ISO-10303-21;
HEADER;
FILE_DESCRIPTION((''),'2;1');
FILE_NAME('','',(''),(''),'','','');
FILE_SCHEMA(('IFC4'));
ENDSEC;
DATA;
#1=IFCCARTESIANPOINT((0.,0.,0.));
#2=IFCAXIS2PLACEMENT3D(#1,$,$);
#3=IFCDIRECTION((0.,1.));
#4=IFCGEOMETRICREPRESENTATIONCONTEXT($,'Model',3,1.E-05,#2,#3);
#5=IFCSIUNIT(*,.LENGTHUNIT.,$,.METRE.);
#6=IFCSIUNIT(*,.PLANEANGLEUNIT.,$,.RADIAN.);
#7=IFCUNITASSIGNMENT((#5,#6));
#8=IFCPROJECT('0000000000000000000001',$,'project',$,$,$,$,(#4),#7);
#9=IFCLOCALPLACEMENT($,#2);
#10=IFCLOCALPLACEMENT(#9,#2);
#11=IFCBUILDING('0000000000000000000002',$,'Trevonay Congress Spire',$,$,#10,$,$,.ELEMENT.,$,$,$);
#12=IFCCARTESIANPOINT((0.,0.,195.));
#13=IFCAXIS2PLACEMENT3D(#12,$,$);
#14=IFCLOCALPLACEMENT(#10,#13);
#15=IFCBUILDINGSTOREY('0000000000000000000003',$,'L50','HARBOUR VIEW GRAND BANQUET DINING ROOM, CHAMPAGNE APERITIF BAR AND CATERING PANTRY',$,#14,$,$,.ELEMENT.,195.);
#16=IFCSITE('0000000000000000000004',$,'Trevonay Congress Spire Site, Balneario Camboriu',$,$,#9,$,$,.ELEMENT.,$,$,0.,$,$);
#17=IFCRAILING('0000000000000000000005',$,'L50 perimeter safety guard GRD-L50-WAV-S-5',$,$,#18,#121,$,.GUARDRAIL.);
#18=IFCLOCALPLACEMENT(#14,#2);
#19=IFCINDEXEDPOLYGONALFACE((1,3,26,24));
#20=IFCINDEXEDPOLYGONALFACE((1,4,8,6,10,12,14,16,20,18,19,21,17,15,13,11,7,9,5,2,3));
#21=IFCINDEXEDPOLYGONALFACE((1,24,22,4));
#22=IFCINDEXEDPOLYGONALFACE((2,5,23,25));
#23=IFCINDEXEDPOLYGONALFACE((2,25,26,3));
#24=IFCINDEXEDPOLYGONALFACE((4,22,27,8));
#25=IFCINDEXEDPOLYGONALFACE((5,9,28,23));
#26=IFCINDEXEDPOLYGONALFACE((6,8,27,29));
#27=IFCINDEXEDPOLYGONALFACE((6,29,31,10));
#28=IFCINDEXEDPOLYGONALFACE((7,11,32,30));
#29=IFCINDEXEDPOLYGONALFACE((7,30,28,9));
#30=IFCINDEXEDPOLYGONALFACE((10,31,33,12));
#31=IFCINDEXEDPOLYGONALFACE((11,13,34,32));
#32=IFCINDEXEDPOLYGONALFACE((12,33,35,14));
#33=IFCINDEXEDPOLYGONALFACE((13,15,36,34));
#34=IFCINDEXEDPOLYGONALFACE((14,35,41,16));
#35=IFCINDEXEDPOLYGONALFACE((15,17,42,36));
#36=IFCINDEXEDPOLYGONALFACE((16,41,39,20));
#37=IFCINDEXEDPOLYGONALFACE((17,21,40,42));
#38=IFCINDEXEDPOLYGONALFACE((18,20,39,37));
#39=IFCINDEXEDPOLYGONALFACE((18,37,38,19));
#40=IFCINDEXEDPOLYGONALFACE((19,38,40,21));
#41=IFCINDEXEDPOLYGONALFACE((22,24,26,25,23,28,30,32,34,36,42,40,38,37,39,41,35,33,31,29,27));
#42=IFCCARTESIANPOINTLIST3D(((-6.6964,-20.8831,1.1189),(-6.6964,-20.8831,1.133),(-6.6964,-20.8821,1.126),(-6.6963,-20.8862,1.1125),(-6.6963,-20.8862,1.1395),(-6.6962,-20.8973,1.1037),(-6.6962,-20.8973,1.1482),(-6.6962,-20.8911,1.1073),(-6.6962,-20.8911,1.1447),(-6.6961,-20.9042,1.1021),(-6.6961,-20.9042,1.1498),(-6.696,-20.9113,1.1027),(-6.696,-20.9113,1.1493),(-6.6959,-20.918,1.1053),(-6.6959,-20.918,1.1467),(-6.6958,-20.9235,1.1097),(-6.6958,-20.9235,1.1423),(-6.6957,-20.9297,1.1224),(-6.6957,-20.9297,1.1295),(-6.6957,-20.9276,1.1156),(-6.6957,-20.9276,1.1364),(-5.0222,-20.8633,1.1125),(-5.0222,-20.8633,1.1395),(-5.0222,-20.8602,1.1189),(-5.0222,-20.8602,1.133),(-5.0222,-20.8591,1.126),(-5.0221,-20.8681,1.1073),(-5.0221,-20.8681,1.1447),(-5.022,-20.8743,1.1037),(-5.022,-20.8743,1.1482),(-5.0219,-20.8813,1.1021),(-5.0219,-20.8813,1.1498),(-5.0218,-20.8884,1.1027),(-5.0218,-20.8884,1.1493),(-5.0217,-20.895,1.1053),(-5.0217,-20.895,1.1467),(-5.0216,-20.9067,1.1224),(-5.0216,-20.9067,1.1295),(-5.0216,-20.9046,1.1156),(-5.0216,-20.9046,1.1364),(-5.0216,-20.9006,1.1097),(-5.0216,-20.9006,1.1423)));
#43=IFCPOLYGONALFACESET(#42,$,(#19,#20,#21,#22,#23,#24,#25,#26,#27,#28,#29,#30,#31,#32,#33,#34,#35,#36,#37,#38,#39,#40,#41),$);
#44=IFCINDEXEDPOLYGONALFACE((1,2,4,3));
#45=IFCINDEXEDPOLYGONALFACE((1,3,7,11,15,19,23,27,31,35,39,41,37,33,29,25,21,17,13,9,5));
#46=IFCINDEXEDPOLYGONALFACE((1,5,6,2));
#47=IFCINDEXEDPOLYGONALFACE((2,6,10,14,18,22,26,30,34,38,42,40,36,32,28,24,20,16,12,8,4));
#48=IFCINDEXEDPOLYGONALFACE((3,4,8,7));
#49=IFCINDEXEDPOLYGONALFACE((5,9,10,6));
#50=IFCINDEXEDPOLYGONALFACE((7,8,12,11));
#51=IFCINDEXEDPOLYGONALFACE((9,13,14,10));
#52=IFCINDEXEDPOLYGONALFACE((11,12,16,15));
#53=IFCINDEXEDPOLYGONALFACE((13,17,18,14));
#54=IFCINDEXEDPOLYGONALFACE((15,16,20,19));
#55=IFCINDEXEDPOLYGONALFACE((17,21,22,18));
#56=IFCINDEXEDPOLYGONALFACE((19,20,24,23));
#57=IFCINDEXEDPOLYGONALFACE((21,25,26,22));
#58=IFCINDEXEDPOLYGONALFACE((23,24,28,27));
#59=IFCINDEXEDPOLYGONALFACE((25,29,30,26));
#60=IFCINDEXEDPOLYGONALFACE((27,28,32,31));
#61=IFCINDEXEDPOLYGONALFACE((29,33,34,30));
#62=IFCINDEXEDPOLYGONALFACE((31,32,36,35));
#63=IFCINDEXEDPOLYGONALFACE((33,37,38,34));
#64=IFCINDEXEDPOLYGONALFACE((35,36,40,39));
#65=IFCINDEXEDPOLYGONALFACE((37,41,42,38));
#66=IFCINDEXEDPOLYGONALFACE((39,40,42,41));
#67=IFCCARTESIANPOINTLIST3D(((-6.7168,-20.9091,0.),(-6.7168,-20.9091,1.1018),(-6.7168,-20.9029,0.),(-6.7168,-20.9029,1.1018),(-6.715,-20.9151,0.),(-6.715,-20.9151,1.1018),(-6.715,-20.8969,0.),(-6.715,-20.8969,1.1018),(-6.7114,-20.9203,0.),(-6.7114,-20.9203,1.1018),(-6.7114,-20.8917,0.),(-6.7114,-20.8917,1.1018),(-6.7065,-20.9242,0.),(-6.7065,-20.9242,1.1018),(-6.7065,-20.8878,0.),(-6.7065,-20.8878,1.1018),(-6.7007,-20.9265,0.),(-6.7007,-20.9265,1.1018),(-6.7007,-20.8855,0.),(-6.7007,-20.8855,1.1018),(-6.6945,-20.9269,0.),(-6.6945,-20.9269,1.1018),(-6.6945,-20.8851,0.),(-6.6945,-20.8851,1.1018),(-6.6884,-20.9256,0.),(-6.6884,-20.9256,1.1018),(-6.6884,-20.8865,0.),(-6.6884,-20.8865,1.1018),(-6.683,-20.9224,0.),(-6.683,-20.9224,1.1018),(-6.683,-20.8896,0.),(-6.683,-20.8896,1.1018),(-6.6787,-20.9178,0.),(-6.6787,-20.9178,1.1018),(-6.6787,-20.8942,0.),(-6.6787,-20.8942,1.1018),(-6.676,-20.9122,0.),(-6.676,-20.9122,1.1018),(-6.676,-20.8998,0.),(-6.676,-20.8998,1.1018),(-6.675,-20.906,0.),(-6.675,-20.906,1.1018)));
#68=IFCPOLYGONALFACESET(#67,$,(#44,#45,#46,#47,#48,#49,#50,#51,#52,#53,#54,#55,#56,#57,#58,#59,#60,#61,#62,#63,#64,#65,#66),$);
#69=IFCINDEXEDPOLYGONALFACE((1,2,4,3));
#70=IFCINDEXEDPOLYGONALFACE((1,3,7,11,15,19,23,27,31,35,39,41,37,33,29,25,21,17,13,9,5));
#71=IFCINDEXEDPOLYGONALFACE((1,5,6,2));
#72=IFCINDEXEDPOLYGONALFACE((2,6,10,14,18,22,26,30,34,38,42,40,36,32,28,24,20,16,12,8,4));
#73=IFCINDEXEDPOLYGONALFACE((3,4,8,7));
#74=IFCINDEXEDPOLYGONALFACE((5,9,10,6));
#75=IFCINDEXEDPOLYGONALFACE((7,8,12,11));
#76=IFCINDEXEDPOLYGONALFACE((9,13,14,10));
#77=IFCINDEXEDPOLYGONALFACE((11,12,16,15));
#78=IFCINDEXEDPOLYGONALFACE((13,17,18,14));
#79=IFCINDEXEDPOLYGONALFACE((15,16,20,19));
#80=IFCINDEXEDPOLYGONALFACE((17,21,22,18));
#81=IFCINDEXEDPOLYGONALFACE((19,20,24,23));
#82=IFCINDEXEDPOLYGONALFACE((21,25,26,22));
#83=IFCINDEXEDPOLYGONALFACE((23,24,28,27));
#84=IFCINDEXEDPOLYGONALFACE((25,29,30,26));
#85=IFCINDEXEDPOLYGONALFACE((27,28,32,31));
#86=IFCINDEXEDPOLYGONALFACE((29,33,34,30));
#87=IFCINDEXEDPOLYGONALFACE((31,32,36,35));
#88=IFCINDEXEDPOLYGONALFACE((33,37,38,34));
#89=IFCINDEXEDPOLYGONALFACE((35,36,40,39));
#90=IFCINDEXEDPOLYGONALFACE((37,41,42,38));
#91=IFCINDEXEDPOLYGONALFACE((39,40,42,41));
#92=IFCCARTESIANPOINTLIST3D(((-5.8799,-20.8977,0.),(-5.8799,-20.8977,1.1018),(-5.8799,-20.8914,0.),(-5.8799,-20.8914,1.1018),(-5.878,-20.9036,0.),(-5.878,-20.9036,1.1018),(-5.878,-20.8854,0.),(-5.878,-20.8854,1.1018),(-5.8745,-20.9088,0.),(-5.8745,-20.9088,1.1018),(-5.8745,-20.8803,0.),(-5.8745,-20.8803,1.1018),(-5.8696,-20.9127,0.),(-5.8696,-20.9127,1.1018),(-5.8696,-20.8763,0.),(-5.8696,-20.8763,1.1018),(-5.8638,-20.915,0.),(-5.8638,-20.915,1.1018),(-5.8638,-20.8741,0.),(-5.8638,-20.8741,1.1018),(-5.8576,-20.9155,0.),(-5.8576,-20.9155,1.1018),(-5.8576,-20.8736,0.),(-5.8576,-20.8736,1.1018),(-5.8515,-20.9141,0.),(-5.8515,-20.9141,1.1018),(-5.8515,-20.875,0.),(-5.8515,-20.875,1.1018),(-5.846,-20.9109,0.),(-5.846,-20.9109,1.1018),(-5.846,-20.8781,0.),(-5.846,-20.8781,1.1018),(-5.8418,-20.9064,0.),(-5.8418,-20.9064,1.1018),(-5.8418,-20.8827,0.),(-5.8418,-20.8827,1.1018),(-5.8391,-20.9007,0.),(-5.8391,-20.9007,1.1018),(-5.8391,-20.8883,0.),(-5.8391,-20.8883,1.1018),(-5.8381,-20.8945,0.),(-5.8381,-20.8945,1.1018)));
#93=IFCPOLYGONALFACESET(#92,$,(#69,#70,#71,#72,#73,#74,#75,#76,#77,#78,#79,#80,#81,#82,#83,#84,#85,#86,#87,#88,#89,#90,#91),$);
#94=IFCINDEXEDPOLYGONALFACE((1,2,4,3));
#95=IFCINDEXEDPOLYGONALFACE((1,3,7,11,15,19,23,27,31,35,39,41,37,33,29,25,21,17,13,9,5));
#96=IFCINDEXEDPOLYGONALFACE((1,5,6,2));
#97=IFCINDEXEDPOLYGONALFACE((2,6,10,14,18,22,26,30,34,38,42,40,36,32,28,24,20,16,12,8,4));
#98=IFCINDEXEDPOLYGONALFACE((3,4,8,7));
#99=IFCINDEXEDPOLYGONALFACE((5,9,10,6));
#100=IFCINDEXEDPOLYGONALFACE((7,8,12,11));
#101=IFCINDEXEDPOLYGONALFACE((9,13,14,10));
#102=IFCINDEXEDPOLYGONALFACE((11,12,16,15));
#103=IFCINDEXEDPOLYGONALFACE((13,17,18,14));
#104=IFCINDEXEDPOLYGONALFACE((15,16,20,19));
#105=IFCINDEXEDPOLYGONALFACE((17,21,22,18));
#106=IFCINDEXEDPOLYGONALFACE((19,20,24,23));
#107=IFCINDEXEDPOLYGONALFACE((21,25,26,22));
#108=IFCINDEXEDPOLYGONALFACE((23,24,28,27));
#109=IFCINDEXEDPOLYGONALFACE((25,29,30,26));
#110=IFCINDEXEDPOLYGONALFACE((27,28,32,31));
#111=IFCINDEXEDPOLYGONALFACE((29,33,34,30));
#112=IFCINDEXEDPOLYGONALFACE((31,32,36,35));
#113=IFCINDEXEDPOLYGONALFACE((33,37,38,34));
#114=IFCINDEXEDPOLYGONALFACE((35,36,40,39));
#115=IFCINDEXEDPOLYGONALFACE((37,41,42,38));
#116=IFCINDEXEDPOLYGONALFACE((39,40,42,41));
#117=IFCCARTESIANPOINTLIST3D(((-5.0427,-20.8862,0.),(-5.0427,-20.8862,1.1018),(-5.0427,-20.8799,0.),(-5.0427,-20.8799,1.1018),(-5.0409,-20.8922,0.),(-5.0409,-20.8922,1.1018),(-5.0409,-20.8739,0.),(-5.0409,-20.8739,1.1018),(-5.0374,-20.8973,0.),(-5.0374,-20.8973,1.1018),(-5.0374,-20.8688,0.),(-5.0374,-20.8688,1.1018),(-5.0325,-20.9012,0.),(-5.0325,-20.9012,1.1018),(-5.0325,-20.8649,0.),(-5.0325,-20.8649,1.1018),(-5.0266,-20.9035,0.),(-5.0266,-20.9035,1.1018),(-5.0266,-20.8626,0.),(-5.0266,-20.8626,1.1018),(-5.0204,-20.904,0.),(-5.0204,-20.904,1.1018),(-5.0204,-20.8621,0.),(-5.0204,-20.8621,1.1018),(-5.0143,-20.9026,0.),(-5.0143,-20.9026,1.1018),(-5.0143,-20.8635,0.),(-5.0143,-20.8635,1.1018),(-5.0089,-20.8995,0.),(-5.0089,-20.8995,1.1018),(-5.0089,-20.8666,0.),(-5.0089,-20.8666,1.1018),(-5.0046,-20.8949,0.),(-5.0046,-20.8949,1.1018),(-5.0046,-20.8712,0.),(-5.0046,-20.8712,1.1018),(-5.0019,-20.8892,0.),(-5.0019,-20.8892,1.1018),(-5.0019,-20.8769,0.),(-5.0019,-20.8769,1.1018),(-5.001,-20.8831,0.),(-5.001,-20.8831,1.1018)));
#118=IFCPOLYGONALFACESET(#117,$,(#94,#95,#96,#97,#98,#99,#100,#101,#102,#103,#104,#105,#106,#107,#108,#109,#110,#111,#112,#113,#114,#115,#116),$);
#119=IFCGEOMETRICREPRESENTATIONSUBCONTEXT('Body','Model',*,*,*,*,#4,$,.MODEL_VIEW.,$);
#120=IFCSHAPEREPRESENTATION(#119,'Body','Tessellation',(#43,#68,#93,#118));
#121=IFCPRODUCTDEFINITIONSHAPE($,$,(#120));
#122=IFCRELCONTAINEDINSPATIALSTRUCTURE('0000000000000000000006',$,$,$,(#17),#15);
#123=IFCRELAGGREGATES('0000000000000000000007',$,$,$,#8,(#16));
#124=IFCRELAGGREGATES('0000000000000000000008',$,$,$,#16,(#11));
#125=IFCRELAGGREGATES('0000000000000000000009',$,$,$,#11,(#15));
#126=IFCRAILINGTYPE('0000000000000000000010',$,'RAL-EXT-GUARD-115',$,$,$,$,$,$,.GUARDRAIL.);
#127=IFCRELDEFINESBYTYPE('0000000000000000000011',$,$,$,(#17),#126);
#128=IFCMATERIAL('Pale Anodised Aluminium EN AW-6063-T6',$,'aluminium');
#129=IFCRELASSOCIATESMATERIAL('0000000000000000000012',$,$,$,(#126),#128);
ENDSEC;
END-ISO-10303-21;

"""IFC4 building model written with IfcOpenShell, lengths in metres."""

from ifc_helpers import new_model, si_unit, direction, frame, origin, origin_2d, place, context, subcontext, project, spatial, circle, extrude, material, type_object, element, save


model = new_model("IFC4")

# Units and contexts
model_context = context("Model", 3, precision=1e-05, world=origin(), true_north=direction((0.0, 1.0)))
body_context = subcontext(model_context, "Body", "Model", "MODEL_VIEW")
ifc_project = project(units=[si_unit("LENGTHUNIT", "METRE"), si_unit("PLANEANGLEUNIT", "RADIAN")], contexts=[model_context])

# Site, building, storey
site_placement = place(None, origin())
site = spatial("IfcSite", under=ifc_project, at=site_placement, Name="Trevonay Congress Spire Site, Balneario Camboriu", CompositionType="ELEMENT", RefElevation=0.0)
building_placement = place(site_placement, origin())
building = spatial("IfcBuilding", under=site, at=building_placement, Name="Trevonay Congress Spire", CompositionType="ELEMENT")
storey_placement = place(building_placement, frame((0.0, 0.0, 195.0)))
storey = spatial("IfcBuildingStorey", under=building, at=storey_placement, Name="L50", Description="HARBOUR VIEW GRAND BANQUET DINING ROOM, CHAMPAGNE APERITIF BAR AND CATERING PANTRY", CompositionType="ELEMENT", Elevation=195.0)

# Shared definitions
ifc_material_1 = material(Name="Pale Anodised Aluminium EN AW-6063-T6", Category="aluminium")

# Railing
railing_type = type_object("IfcRailingType", Name="RAL-EXT-GUARD-115", PredefinedType="GUARDRAIL", material=ifc_material_1)
railing_1_placement = place(storey_placement, frame((-6.696, -20.906, 0.0)))
element("IfcRailing", 1, at=railing_1_placement, inside=storey, type_object=railing_type, Name="L50 perimeter safety guard GRD-L50-WAV-S-5", PredefinedType="GUARDRAIL", context=body_context, shape_type="SweptSolid", body=[
    extrude(circle(Radius=0.0239, at=origin_2d()), frame((0.0, 0.0, 1.126), z_axis=(0.999906, 0.013707, 0.0), x_axis=(-0.013707, 0.999906, 0.0)), (0.0, 0.0, 1.0), 1.6743),
    extrude(circle(Radius=0.021, at=origin_2d()), origin(), (0.0, 0.0, 1.0), 1.1018),
    extrude(circle(Radius=0.021, at=origin_2d()), frame((0.8369, 0.0115, 0.0)), (0.0, 0.0, 1.0), 1.1018),
    extrude(circle(Radius=0.021, at=origin_2d()), frame((1.6741, 0.0229, 0.0)), (0.0, 0.0, 1.0), 1.1018),
])

save(model, "model.ifc")
